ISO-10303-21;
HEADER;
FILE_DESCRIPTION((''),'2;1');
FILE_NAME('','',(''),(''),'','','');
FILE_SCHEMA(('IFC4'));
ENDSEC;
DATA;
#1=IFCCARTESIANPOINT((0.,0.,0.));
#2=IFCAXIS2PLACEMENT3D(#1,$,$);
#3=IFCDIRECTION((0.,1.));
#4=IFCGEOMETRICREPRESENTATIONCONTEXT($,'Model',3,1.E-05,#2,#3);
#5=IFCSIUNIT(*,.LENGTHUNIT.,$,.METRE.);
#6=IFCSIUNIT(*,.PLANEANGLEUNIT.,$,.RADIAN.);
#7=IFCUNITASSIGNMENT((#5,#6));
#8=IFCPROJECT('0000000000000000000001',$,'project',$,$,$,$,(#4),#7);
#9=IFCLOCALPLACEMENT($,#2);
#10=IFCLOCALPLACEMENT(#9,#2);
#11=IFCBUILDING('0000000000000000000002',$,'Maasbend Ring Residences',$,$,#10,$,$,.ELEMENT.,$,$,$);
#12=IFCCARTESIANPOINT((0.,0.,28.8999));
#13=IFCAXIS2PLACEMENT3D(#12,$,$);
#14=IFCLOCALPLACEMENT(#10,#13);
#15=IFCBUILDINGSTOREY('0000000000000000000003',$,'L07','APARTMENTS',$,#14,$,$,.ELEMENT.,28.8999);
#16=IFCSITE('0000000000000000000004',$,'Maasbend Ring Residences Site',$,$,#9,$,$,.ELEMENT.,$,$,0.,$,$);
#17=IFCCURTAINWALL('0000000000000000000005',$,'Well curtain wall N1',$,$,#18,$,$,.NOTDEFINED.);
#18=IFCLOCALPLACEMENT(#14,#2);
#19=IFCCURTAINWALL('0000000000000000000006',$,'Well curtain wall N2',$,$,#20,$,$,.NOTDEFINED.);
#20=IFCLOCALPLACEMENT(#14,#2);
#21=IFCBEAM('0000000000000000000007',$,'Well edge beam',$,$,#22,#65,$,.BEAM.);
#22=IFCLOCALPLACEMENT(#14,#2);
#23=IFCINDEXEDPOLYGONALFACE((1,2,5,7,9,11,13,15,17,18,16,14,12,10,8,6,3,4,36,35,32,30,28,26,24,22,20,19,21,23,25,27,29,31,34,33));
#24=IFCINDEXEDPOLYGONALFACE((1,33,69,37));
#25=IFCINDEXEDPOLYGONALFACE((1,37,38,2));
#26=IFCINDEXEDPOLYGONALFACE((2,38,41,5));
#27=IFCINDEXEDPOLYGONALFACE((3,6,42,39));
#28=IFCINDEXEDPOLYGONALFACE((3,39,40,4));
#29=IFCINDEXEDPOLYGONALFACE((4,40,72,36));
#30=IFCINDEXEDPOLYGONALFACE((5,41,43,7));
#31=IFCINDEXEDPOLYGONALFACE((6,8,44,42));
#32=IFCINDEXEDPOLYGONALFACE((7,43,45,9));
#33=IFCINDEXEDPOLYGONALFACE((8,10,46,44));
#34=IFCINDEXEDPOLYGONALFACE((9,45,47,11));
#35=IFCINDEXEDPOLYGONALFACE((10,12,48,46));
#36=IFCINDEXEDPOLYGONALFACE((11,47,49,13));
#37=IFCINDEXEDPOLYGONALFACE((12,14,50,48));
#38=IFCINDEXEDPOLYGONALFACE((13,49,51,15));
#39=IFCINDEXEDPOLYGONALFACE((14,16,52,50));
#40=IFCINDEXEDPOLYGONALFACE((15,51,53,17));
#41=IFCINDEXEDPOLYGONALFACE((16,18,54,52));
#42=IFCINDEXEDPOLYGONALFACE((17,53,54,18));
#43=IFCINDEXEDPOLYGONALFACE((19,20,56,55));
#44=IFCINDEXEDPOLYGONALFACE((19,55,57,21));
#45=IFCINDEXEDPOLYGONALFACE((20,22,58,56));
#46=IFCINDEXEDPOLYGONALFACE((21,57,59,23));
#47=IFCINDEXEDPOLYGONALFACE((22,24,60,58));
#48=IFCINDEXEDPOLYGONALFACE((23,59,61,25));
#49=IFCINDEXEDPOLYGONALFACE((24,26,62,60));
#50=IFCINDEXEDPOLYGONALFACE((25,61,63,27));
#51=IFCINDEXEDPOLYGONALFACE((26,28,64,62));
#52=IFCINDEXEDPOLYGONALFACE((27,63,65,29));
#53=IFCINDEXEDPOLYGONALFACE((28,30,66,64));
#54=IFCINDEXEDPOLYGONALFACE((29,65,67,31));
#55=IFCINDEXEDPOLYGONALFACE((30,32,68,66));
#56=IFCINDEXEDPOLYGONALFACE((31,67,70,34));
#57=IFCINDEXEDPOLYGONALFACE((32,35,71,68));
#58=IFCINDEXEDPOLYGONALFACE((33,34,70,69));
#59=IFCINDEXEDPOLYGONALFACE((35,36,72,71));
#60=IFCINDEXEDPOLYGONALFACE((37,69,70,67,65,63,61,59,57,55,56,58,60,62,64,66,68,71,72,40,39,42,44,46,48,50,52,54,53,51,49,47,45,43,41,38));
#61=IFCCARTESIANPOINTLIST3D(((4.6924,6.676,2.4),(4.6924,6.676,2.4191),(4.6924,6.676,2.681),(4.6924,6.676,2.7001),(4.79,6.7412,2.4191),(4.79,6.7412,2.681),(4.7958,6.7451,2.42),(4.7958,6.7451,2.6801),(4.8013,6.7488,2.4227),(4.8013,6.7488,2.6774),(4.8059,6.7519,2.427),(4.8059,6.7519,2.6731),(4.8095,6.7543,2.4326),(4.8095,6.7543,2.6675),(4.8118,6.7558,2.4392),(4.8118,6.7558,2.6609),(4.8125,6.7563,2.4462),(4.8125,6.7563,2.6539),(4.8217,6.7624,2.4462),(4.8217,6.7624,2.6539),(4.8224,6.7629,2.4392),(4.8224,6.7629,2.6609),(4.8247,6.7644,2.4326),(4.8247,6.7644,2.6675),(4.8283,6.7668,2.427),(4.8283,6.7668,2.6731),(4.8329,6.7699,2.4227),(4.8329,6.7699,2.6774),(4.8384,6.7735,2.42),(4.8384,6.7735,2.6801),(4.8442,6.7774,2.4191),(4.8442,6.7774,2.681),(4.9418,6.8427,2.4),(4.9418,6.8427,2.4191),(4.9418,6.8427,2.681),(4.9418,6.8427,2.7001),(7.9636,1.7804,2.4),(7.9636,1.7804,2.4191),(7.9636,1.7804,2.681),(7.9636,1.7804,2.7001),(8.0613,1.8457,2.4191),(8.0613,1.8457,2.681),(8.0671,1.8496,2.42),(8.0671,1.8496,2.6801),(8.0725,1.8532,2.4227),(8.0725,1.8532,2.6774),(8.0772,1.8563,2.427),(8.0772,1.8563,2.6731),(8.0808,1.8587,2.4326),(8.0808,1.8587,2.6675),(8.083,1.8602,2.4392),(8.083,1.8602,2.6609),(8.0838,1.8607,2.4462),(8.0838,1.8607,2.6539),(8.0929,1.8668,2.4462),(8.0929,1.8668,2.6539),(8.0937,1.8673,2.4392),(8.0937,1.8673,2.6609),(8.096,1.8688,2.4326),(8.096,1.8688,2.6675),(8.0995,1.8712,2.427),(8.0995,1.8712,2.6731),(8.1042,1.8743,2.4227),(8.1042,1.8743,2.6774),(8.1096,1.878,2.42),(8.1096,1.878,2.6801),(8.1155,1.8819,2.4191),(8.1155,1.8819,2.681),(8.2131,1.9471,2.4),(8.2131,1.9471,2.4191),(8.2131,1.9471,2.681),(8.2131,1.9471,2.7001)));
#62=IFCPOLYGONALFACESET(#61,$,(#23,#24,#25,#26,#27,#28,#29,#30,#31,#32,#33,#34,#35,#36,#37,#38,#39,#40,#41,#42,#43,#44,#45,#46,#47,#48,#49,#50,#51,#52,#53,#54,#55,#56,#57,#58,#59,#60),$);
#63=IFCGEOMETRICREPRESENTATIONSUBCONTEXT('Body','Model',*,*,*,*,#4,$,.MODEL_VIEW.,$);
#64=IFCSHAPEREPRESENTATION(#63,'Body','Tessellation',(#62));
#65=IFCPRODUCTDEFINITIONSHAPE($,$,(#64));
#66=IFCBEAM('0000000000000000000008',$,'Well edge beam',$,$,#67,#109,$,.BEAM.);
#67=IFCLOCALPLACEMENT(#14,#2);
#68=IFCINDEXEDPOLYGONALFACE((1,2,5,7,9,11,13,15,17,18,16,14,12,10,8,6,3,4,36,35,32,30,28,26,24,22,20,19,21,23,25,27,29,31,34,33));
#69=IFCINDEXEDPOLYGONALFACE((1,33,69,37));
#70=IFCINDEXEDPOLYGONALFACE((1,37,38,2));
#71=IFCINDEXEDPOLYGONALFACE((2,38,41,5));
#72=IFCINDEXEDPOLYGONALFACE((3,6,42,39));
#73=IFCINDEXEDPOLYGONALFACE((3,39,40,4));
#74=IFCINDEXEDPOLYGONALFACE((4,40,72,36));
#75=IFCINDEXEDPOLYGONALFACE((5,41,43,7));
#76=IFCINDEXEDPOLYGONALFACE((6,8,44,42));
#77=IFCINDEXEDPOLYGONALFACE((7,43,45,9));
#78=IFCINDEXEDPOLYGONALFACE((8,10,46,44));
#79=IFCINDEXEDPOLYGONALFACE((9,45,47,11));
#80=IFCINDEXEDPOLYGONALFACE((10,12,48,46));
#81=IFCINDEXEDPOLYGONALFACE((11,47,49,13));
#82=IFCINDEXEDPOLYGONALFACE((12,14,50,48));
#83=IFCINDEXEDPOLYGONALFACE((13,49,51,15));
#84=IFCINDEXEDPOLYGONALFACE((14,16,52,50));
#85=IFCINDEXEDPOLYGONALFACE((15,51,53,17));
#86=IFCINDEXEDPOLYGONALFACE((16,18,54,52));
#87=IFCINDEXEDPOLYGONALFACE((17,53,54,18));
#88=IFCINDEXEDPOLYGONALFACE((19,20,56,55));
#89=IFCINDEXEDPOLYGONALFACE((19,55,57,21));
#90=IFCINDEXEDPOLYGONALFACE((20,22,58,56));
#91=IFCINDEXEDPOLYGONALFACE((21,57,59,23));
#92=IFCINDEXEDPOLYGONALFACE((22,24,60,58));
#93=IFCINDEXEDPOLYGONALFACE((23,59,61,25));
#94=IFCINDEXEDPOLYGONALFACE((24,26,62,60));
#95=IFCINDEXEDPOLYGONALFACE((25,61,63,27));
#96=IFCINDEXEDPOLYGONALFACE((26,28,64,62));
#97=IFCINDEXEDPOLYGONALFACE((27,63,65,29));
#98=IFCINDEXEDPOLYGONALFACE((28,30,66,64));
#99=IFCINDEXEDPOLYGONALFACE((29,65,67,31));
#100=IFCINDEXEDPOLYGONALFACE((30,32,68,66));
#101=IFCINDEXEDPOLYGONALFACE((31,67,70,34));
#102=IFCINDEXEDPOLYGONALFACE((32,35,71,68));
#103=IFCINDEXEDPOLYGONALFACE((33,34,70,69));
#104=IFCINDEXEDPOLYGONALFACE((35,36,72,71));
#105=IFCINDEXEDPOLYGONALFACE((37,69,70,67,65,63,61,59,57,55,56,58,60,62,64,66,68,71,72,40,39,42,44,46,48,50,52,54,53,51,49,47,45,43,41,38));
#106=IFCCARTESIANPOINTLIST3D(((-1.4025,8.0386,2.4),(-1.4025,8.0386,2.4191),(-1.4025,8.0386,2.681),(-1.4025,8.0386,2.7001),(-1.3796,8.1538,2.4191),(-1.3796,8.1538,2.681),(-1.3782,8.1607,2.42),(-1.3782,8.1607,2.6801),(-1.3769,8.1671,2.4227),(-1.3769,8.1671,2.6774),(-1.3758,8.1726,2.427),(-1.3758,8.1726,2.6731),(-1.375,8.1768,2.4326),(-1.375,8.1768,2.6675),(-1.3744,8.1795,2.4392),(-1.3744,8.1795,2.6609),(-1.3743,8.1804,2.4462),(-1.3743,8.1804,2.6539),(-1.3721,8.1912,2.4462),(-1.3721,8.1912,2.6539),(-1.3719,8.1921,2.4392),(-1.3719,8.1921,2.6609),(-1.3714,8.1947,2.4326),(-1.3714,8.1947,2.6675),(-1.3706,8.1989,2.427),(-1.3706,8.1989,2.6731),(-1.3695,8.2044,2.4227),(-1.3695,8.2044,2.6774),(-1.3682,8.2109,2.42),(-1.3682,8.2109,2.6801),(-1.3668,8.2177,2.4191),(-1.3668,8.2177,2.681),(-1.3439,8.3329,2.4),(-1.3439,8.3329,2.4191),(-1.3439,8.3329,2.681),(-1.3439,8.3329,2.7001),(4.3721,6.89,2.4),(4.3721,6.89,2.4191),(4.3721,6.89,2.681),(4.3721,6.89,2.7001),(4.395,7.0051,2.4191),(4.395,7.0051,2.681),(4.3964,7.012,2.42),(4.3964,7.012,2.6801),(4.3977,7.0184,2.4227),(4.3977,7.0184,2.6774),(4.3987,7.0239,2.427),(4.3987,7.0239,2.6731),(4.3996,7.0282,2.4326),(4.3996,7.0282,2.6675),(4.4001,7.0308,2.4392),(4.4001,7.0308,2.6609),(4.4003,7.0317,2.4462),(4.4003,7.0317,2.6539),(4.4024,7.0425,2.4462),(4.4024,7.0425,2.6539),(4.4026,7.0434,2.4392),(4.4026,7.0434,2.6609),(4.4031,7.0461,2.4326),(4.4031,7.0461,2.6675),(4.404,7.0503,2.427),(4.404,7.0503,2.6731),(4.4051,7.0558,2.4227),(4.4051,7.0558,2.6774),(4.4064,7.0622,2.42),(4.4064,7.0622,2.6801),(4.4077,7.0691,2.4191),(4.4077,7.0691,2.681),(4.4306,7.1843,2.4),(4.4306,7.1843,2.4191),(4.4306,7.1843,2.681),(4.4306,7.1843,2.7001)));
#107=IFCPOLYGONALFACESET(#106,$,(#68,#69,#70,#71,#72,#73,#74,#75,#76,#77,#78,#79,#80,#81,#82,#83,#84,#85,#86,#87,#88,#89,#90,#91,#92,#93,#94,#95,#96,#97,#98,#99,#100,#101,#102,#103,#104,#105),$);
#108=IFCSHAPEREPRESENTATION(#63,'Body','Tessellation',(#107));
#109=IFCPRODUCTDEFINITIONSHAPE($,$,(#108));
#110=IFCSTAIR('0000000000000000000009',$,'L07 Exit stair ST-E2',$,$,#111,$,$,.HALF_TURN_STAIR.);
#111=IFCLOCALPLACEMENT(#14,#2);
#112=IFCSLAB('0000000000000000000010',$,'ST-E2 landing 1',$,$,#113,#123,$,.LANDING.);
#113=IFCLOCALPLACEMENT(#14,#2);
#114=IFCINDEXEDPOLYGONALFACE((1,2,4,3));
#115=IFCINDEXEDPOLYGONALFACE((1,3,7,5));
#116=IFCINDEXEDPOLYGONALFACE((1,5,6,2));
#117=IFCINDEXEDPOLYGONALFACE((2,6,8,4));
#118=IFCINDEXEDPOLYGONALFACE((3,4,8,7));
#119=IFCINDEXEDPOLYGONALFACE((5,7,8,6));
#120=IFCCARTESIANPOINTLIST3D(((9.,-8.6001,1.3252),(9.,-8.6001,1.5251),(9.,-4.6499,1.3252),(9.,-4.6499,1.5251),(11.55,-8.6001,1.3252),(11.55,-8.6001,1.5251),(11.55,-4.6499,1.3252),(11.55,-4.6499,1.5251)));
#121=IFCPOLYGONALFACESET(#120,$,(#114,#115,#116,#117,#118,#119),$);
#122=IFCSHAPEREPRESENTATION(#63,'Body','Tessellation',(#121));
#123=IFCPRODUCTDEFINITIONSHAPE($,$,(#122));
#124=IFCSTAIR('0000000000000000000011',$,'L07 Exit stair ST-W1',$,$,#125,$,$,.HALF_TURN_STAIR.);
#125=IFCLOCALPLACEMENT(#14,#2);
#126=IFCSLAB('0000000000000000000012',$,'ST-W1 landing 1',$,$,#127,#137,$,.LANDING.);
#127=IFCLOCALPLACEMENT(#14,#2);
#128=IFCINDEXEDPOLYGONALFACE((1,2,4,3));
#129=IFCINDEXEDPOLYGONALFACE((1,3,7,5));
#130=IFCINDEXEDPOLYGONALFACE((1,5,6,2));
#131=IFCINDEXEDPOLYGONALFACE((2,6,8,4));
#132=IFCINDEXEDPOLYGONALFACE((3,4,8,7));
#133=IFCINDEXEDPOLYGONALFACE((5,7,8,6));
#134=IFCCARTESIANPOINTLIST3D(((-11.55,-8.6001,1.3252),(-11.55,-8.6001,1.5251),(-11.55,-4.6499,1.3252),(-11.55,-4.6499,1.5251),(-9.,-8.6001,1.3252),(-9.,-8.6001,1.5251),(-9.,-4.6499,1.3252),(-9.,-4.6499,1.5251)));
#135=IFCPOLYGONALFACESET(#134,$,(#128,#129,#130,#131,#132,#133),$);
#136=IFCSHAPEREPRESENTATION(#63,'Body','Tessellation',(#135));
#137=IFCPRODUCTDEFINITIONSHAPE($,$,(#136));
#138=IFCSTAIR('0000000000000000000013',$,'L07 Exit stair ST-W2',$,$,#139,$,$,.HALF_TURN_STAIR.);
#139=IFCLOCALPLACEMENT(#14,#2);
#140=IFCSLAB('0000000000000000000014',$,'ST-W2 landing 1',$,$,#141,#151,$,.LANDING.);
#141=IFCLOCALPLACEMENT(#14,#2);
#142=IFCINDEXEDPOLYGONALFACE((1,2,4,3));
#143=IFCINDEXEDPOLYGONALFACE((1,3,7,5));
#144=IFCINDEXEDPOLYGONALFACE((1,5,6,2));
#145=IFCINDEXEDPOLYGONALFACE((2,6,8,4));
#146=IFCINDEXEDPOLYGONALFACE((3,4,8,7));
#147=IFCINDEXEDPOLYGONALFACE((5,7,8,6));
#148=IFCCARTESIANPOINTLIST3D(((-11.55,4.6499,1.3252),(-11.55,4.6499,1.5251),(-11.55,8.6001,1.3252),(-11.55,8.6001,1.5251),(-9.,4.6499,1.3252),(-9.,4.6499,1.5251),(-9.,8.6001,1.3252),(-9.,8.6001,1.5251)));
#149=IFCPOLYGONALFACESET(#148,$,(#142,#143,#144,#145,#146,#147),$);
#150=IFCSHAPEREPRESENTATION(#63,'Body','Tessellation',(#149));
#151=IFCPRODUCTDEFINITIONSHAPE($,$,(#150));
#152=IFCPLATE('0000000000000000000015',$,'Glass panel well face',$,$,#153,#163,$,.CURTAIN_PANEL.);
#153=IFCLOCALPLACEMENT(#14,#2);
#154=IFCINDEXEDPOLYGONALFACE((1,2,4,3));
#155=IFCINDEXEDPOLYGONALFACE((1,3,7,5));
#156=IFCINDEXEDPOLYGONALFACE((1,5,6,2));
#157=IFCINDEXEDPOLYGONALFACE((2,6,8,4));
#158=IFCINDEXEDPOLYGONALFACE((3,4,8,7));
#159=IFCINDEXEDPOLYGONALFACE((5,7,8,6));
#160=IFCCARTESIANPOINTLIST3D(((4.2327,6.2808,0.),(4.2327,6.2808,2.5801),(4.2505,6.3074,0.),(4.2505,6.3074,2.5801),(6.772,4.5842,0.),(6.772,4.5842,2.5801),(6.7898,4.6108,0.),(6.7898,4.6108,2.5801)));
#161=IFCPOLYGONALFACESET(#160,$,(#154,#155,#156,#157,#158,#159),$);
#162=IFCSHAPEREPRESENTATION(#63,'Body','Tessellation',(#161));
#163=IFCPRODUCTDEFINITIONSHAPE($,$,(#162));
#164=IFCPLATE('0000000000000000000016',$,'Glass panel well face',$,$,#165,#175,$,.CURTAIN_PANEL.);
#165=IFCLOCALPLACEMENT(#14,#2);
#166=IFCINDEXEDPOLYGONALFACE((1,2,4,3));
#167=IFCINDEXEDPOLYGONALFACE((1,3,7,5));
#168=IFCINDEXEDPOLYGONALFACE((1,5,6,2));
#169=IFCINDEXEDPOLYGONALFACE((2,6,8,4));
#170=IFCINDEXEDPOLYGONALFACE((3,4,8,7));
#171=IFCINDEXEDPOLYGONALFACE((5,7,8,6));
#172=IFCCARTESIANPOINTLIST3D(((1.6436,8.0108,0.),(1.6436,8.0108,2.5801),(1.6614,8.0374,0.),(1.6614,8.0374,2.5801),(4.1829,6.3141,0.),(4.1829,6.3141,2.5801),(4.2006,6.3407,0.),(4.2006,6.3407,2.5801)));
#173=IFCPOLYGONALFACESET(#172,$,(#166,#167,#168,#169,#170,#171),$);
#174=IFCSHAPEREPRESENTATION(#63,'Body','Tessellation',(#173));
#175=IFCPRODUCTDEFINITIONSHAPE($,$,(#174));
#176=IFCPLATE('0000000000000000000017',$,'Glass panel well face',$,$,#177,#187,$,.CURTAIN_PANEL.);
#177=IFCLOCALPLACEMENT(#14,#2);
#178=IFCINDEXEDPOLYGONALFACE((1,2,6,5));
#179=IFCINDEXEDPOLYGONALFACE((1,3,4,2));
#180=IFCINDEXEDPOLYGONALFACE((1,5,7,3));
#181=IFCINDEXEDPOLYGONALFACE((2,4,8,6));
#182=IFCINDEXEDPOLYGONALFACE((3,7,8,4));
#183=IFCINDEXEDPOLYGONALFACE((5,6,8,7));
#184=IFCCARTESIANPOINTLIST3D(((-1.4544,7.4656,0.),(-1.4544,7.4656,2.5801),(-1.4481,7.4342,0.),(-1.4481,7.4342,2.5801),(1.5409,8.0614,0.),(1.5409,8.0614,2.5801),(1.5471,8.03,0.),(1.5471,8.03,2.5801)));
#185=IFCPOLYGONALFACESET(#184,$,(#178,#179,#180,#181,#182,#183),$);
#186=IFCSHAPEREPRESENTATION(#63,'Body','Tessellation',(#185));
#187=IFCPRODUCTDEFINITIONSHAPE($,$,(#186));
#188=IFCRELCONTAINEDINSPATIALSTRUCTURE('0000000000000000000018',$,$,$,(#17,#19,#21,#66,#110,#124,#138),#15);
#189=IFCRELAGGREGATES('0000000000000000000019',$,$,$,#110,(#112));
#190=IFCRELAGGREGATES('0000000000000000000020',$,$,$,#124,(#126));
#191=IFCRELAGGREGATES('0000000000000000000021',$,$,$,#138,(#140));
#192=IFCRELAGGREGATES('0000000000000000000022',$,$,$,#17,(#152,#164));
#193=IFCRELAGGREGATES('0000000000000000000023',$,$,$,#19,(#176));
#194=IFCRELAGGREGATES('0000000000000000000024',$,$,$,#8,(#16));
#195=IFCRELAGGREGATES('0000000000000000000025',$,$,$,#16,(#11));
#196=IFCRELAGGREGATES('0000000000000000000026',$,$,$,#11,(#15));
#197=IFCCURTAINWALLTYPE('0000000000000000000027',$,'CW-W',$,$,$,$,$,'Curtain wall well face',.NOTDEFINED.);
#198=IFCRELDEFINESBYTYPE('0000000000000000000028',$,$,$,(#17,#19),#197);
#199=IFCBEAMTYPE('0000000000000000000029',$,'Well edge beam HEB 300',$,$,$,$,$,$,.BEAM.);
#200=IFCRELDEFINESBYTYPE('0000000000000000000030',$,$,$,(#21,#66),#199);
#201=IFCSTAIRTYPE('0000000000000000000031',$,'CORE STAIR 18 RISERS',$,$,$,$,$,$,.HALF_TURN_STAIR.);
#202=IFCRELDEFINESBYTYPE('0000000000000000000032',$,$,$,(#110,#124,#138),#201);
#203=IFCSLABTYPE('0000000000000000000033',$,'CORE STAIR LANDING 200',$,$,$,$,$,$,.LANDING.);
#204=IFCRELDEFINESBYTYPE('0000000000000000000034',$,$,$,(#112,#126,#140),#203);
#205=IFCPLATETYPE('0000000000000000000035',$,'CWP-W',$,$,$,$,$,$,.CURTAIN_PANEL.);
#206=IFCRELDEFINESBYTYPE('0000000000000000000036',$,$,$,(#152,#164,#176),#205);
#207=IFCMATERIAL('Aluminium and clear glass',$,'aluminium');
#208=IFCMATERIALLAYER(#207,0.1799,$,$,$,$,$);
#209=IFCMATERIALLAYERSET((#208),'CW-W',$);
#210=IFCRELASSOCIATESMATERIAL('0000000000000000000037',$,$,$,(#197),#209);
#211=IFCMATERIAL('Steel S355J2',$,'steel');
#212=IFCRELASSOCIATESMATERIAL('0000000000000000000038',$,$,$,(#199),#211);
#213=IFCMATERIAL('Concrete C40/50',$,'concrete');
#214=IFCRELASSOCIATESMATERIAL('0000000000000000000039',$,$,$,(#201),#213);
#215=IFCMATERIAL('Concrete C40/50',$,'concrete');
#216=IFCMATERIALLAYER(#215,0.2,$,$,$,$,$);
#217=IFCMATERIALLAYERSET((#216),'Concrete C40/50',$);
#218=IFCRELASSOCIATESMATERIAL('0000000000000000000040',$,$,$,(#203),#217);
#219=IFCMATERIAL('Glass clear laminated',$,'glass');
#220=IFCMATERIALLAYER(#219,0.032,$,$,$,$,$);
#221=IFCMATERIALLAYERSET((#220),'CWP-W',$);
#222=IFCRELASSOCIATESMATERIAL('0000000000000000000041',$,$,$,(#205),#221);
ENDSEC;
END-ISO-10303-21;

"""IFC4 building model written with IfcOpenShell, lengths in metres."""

from ifc_helpers import new_model, si_unit, direction, frame, origin, origin_2d, place, context, subcontext, project, spatial, polyline, rectangle, i_section, outline, extrude, material, layer, layer_set, material_profile, profile_set, type_object, element, aggregate, save


model = new_model("IFC4")

# Units and contexts
model_context = context("Model", 3, precision=1e-05, world=origin(), true_north=direction((0.0, 1.0)))
body_context = subcontext(model_context, "Body", "Model", "MODEL_VIEW")
ifc_project = project(units=[si_unit("LENGTHUNIT", "METRE"), si_unit("PLANEANGLEUNIT", "RADIAN")], contexts=[model_context])

# Site, building, storey
site_placement = place(None, origin())
site = spatial("IfcSite", under=ifc_project, at=site_placement, Name="Maasbend Ring Residences Site", CompositionType="ELEMENT", RefElevation=0.0)
building_placement = place(site_placement, origin())
building = spatial("IfcBuilding", under=site, at=building_placement, Name="Maasbend Ring Residences", CompositionType="ELEMENT")
storey_placement = place(building_placement, frame((0.0, 0.0, 28.8999)))
storey = spatial("IfcBuildingStorey", under=building, at=storey_placement, Name="L07", Description="APARTMENTS", CompositionType="ELEMENT", Elevation=28.8999)

# Curtain wall
ifc_material_1 = material(Name="Aluminium and clear glass", Category="aluminium")
ifc_layer_1 = layer(ifc_material_1, 0.1799)
ifc_layer_set_1 = layer_set([ifc_layer_1], Name="CW-W")
curtain_wall_type = type_object("IfcCurtainWallType", Name="CW-W", ElementType="Curtain wall well face", PredefinedType="NOTDEFINED", material=ifc_layer_set_1)
curtain_wall_1_placement = place(storey_placement, origin())
curtain_wall_1 = element("IfcCurtainWall", 1, at=curtain_wall_1_placement, inside=storey, type_object=curtain_wall_type, Name="Well curtain wall N1", PredefinedType="NOTDEFINED")

# Curtain wall
curtain_wall_2_placement = place(storey_placement, origin())
curtain_wall_2 = element("IfcCurtainWall", 2, at=curtain_wall_2_placement, inside=storey, type_object=curtain_wall_type, Name="Well curtain wall N2", PredefinedType="NOTDEFINED")

# Beams
ifc_material_2 = material(Name="Steel S355J2", Category="steel")
ifc_material_profile_1 = material_profile(ifc_material_2, i_section(OverallWidth=0.3, OverallDepth=0.3, WebThickness=0.011, FlangeThickness=0.019, FilletRadius=0.0271, at=origin_2d()), Name="HEB 300")
ifc_profile_set_1 = profile_set([ifc_material_profile_1], Name="Steel S355J2")
beam_type = type_object("IfcBeamType", Name="Well edge beam HEB 300", PredefinedType="BEAM", material=ifc_profile_set_1)
beam_1_placement = place(storey_placement, frame((8.0884, 1.8638, 2.55), z_axis=(-0.55559, 0.831457, 0.0), x_axis=(-0.831457, -0.55559, 0.0)))
element("IfcBeam", 3, at=beam_1_placement, inside=storey, type_object=beam_type, Name="Well edge beam", PredefinedType="BEAM", context=body_context, shape_type="SweptSolid", body=[
    extrude(i_section(OverallWidth=0.3, OverallDepth=0.3, WebThickness=0.011, FlangeThickness=0.019, FilletRadius=0.0271, at=origin_2d()), origin(), (0.0, 0.0, 1.0), 5.8879),
])
beam_2_placement = place(storey_placement, frame((4.4014, 7.0371, 2.55), z_axis=(-0.980784, 0.195095, 0.0), x_axis=(-0.195095, -0.980784, 0.0)))
element("IfcBeam", 4, at=beam_2_placement, inside=storey, type_object=beam_type, Name="Well edge beam", PredefinedType="BEAM", context=body_context, shape_type="SweptSolid", body=[
    extrude(i_section(OverallWidth=0.3, OverallDepth=0.3, WebThickness=0.011, FlangeThickness=0.019, FilletRadius=0.0271, at=origin_2d()), origin(), (0.0, 0.0, 1.0), 5.8877),
])

# Stairs, slabs
ifc_material_3 = material(Name="Concrete C40/50", Category="concrete")
stair_type = type_object("IfcStairType", Name="CORE STAIR 18 RISERS", PredefinedType="HALF_TURN_STAIR", material=ifc_material_3)
stair_1_placement = place(storey_placement, origin())
stair_1 = element("IfcStair", 5, at=stair_1_placement, inside=storey, type_object=stair_type, Name="L07 Exit stair ST-E2", PredefinedType="HALF_TURN_STAIR")
ifc_material_4 = material(Name="Concrete C40/50", Category="concrete")
ifc_layer_2 = layer(ifc_material_4, 0.2)
ifc_layer_set_2 = layer_set([ifc_layer_2], Name="Concrete C40/50")
slab_type = type_object("IfcSlabType", Name="CORE STAIR LANDING 200", PredefinedType="LANDING", material=ifc_layer_set_2)
slab_1_placement = place(storey_placement, frame((0.0, 0.0, 1.3252)))
slab_1 = element("IfcSlab", 6, at=slab_1_placement, type_object=slab_type, Name="ST-E2 landing 1", PredefinedType="LANDING", context=body_context, shape_type="SweptSolid", body=[
    extrude(outline(polyline([(11.55, -4.6499), (9.0, -4.6499), (9.0, -8.6001), (11.55, -8.6001), (11.55, -4.6499)])), origin(), (0.0, 0.0, 1.0), 0.2),
])
aggregate(stair_1, [slab_1])
stair_2_placement = place(storey_placement, origin())
stair_2 = element("IfcStair", 7, at=stair_2_placement, inside=storey, type_object=stair_type, Name="L07 Exit stair ST-W1", PredefinedType="HALF_TURN_STAIR")
slab_2_placement = place(storey_placement, frame((0.0, 0.0, 1.3252)))
slab_2 = element("IfcSlab", 8, at=slab_2_placement, type_object=slab_type, Name="ST-W1 landing 1", PredefinedType="LANDING", context=body_context, shape_type="SweptSolid", body=[
    extrude(outline(polyline([(-11.55, -8.6001), (-9.0, -8.6001), (-9.0, -4.6499), (-11.55, -4.6499), (-11.55, -8.6001)])), origin(), (0.0, 0.0, 1.0), 0.2),
])
aggregate(stair_2, [slab_2])
stair_3_placement = place(storey_placement, origin())
stair_3 = element("IfcStair", 9, at=stair_3_placement, inside=storey, type_object=stair_type, Name="L07 Exit stair ST-W2", PredefinedType="HALF_TURN_STAIR")
slab_3_placement = place(storey_placement, frame((0.0, 0.0, 1.3252)))
slab_3 = element("IfcSlab", 10, at=slab_3_placement, type_object=slab_type, Name="ST-W2 landing 1", PredefinedType="LANDING", context=body_context, shape_type="SweptSolid", body=[
    extrude(outline(polyline([(-11.55, 4.6499), (-9.0, 4.6499), (-9.0, 8.6001), (-11.55, 8.6001), (-11.55, 4.6499)])), origin(), (0.0, 0.0, 1.0), 0.2),
])
aggregate(stair_3, [slab_3])

# Plates
ifc_material_5 = material(Name="Glass clear laminated", Category="glass")
ifc_layer_3 = layer(ifc_material_5, 0.032)
ifc_layer_set_3 = layer_set([ifc_layer_3], Name="CWP-W")
plate_type = type_object("IfcPlateType", Name="CWP-W", PredefinedType="CURTAIN_PANEL", material=ifc_layer_set_3)
plate_1_placement = place(storey_placement, frame((5.5112, 5.4458, 0.0), z_axis=(0.0, 0.0, 1.0), x_axis=(-0.83147, 0.55557, 0.0)))
plate_1 = element("IfcPlate", 11, at=plate_1_placement, type_object=plate_type, Name="Glass panel well face", PredefinedType="CURTAIN_PANEL", context=body_context, shape_type="SweptSolid", body=[
    extrude(rectangle(XDim=3.054, YDim=0.032, at=origin_2d()), origin(), (0.0, 0.0, 1.0), 2.5801),
])
plate_2_placement = place(storey_placement, frame((2.9221, 7.1758, 0.0), z_axis=(0.0, 0.0, 1.0), x_axis=(-0.83147, 0.55557, 0.0)))
plate_2 = element("IfcPlate", 12, at=plate_2_placement, type_object=plate_type, Name="Glass panel well face", PredefinedType="CURTAIN_PANEL", context=body_context, shape_type="SweptSolid", body=[
    extrude(rectangle(XDim=3.054, YDim=0.032, at=origin_2d()), origin(), (0.0, 0.0, 1.0), 2.5801),
])
aggregate(curtain_wall_1, [plate_1, plate_2])
plate_3_placement = place(storey_placement, frame((0.0464, 7.7478, 0.0), z_axis=(0.0, 0.0, 1.0), x_axis=(-0.980785, -0.19509, 0.0)))
plate_3 = element("IfcPlate", 13, at=plate_3_placement, type_object=plate_type, Name="Glass panel well face", PredefinedType="CURTAIN_PANEL", context=body_context, shape_type="SweptSolid", body=[
    extrude(rectangle(XDim=3.054, YDim=0.032, at=origin_2d()), origin(), (0.0, 0.0, 1.0), 2.5801),
])
aggregate(curtain_wall_2, [plate_3])

save(model, "model.ifc")
